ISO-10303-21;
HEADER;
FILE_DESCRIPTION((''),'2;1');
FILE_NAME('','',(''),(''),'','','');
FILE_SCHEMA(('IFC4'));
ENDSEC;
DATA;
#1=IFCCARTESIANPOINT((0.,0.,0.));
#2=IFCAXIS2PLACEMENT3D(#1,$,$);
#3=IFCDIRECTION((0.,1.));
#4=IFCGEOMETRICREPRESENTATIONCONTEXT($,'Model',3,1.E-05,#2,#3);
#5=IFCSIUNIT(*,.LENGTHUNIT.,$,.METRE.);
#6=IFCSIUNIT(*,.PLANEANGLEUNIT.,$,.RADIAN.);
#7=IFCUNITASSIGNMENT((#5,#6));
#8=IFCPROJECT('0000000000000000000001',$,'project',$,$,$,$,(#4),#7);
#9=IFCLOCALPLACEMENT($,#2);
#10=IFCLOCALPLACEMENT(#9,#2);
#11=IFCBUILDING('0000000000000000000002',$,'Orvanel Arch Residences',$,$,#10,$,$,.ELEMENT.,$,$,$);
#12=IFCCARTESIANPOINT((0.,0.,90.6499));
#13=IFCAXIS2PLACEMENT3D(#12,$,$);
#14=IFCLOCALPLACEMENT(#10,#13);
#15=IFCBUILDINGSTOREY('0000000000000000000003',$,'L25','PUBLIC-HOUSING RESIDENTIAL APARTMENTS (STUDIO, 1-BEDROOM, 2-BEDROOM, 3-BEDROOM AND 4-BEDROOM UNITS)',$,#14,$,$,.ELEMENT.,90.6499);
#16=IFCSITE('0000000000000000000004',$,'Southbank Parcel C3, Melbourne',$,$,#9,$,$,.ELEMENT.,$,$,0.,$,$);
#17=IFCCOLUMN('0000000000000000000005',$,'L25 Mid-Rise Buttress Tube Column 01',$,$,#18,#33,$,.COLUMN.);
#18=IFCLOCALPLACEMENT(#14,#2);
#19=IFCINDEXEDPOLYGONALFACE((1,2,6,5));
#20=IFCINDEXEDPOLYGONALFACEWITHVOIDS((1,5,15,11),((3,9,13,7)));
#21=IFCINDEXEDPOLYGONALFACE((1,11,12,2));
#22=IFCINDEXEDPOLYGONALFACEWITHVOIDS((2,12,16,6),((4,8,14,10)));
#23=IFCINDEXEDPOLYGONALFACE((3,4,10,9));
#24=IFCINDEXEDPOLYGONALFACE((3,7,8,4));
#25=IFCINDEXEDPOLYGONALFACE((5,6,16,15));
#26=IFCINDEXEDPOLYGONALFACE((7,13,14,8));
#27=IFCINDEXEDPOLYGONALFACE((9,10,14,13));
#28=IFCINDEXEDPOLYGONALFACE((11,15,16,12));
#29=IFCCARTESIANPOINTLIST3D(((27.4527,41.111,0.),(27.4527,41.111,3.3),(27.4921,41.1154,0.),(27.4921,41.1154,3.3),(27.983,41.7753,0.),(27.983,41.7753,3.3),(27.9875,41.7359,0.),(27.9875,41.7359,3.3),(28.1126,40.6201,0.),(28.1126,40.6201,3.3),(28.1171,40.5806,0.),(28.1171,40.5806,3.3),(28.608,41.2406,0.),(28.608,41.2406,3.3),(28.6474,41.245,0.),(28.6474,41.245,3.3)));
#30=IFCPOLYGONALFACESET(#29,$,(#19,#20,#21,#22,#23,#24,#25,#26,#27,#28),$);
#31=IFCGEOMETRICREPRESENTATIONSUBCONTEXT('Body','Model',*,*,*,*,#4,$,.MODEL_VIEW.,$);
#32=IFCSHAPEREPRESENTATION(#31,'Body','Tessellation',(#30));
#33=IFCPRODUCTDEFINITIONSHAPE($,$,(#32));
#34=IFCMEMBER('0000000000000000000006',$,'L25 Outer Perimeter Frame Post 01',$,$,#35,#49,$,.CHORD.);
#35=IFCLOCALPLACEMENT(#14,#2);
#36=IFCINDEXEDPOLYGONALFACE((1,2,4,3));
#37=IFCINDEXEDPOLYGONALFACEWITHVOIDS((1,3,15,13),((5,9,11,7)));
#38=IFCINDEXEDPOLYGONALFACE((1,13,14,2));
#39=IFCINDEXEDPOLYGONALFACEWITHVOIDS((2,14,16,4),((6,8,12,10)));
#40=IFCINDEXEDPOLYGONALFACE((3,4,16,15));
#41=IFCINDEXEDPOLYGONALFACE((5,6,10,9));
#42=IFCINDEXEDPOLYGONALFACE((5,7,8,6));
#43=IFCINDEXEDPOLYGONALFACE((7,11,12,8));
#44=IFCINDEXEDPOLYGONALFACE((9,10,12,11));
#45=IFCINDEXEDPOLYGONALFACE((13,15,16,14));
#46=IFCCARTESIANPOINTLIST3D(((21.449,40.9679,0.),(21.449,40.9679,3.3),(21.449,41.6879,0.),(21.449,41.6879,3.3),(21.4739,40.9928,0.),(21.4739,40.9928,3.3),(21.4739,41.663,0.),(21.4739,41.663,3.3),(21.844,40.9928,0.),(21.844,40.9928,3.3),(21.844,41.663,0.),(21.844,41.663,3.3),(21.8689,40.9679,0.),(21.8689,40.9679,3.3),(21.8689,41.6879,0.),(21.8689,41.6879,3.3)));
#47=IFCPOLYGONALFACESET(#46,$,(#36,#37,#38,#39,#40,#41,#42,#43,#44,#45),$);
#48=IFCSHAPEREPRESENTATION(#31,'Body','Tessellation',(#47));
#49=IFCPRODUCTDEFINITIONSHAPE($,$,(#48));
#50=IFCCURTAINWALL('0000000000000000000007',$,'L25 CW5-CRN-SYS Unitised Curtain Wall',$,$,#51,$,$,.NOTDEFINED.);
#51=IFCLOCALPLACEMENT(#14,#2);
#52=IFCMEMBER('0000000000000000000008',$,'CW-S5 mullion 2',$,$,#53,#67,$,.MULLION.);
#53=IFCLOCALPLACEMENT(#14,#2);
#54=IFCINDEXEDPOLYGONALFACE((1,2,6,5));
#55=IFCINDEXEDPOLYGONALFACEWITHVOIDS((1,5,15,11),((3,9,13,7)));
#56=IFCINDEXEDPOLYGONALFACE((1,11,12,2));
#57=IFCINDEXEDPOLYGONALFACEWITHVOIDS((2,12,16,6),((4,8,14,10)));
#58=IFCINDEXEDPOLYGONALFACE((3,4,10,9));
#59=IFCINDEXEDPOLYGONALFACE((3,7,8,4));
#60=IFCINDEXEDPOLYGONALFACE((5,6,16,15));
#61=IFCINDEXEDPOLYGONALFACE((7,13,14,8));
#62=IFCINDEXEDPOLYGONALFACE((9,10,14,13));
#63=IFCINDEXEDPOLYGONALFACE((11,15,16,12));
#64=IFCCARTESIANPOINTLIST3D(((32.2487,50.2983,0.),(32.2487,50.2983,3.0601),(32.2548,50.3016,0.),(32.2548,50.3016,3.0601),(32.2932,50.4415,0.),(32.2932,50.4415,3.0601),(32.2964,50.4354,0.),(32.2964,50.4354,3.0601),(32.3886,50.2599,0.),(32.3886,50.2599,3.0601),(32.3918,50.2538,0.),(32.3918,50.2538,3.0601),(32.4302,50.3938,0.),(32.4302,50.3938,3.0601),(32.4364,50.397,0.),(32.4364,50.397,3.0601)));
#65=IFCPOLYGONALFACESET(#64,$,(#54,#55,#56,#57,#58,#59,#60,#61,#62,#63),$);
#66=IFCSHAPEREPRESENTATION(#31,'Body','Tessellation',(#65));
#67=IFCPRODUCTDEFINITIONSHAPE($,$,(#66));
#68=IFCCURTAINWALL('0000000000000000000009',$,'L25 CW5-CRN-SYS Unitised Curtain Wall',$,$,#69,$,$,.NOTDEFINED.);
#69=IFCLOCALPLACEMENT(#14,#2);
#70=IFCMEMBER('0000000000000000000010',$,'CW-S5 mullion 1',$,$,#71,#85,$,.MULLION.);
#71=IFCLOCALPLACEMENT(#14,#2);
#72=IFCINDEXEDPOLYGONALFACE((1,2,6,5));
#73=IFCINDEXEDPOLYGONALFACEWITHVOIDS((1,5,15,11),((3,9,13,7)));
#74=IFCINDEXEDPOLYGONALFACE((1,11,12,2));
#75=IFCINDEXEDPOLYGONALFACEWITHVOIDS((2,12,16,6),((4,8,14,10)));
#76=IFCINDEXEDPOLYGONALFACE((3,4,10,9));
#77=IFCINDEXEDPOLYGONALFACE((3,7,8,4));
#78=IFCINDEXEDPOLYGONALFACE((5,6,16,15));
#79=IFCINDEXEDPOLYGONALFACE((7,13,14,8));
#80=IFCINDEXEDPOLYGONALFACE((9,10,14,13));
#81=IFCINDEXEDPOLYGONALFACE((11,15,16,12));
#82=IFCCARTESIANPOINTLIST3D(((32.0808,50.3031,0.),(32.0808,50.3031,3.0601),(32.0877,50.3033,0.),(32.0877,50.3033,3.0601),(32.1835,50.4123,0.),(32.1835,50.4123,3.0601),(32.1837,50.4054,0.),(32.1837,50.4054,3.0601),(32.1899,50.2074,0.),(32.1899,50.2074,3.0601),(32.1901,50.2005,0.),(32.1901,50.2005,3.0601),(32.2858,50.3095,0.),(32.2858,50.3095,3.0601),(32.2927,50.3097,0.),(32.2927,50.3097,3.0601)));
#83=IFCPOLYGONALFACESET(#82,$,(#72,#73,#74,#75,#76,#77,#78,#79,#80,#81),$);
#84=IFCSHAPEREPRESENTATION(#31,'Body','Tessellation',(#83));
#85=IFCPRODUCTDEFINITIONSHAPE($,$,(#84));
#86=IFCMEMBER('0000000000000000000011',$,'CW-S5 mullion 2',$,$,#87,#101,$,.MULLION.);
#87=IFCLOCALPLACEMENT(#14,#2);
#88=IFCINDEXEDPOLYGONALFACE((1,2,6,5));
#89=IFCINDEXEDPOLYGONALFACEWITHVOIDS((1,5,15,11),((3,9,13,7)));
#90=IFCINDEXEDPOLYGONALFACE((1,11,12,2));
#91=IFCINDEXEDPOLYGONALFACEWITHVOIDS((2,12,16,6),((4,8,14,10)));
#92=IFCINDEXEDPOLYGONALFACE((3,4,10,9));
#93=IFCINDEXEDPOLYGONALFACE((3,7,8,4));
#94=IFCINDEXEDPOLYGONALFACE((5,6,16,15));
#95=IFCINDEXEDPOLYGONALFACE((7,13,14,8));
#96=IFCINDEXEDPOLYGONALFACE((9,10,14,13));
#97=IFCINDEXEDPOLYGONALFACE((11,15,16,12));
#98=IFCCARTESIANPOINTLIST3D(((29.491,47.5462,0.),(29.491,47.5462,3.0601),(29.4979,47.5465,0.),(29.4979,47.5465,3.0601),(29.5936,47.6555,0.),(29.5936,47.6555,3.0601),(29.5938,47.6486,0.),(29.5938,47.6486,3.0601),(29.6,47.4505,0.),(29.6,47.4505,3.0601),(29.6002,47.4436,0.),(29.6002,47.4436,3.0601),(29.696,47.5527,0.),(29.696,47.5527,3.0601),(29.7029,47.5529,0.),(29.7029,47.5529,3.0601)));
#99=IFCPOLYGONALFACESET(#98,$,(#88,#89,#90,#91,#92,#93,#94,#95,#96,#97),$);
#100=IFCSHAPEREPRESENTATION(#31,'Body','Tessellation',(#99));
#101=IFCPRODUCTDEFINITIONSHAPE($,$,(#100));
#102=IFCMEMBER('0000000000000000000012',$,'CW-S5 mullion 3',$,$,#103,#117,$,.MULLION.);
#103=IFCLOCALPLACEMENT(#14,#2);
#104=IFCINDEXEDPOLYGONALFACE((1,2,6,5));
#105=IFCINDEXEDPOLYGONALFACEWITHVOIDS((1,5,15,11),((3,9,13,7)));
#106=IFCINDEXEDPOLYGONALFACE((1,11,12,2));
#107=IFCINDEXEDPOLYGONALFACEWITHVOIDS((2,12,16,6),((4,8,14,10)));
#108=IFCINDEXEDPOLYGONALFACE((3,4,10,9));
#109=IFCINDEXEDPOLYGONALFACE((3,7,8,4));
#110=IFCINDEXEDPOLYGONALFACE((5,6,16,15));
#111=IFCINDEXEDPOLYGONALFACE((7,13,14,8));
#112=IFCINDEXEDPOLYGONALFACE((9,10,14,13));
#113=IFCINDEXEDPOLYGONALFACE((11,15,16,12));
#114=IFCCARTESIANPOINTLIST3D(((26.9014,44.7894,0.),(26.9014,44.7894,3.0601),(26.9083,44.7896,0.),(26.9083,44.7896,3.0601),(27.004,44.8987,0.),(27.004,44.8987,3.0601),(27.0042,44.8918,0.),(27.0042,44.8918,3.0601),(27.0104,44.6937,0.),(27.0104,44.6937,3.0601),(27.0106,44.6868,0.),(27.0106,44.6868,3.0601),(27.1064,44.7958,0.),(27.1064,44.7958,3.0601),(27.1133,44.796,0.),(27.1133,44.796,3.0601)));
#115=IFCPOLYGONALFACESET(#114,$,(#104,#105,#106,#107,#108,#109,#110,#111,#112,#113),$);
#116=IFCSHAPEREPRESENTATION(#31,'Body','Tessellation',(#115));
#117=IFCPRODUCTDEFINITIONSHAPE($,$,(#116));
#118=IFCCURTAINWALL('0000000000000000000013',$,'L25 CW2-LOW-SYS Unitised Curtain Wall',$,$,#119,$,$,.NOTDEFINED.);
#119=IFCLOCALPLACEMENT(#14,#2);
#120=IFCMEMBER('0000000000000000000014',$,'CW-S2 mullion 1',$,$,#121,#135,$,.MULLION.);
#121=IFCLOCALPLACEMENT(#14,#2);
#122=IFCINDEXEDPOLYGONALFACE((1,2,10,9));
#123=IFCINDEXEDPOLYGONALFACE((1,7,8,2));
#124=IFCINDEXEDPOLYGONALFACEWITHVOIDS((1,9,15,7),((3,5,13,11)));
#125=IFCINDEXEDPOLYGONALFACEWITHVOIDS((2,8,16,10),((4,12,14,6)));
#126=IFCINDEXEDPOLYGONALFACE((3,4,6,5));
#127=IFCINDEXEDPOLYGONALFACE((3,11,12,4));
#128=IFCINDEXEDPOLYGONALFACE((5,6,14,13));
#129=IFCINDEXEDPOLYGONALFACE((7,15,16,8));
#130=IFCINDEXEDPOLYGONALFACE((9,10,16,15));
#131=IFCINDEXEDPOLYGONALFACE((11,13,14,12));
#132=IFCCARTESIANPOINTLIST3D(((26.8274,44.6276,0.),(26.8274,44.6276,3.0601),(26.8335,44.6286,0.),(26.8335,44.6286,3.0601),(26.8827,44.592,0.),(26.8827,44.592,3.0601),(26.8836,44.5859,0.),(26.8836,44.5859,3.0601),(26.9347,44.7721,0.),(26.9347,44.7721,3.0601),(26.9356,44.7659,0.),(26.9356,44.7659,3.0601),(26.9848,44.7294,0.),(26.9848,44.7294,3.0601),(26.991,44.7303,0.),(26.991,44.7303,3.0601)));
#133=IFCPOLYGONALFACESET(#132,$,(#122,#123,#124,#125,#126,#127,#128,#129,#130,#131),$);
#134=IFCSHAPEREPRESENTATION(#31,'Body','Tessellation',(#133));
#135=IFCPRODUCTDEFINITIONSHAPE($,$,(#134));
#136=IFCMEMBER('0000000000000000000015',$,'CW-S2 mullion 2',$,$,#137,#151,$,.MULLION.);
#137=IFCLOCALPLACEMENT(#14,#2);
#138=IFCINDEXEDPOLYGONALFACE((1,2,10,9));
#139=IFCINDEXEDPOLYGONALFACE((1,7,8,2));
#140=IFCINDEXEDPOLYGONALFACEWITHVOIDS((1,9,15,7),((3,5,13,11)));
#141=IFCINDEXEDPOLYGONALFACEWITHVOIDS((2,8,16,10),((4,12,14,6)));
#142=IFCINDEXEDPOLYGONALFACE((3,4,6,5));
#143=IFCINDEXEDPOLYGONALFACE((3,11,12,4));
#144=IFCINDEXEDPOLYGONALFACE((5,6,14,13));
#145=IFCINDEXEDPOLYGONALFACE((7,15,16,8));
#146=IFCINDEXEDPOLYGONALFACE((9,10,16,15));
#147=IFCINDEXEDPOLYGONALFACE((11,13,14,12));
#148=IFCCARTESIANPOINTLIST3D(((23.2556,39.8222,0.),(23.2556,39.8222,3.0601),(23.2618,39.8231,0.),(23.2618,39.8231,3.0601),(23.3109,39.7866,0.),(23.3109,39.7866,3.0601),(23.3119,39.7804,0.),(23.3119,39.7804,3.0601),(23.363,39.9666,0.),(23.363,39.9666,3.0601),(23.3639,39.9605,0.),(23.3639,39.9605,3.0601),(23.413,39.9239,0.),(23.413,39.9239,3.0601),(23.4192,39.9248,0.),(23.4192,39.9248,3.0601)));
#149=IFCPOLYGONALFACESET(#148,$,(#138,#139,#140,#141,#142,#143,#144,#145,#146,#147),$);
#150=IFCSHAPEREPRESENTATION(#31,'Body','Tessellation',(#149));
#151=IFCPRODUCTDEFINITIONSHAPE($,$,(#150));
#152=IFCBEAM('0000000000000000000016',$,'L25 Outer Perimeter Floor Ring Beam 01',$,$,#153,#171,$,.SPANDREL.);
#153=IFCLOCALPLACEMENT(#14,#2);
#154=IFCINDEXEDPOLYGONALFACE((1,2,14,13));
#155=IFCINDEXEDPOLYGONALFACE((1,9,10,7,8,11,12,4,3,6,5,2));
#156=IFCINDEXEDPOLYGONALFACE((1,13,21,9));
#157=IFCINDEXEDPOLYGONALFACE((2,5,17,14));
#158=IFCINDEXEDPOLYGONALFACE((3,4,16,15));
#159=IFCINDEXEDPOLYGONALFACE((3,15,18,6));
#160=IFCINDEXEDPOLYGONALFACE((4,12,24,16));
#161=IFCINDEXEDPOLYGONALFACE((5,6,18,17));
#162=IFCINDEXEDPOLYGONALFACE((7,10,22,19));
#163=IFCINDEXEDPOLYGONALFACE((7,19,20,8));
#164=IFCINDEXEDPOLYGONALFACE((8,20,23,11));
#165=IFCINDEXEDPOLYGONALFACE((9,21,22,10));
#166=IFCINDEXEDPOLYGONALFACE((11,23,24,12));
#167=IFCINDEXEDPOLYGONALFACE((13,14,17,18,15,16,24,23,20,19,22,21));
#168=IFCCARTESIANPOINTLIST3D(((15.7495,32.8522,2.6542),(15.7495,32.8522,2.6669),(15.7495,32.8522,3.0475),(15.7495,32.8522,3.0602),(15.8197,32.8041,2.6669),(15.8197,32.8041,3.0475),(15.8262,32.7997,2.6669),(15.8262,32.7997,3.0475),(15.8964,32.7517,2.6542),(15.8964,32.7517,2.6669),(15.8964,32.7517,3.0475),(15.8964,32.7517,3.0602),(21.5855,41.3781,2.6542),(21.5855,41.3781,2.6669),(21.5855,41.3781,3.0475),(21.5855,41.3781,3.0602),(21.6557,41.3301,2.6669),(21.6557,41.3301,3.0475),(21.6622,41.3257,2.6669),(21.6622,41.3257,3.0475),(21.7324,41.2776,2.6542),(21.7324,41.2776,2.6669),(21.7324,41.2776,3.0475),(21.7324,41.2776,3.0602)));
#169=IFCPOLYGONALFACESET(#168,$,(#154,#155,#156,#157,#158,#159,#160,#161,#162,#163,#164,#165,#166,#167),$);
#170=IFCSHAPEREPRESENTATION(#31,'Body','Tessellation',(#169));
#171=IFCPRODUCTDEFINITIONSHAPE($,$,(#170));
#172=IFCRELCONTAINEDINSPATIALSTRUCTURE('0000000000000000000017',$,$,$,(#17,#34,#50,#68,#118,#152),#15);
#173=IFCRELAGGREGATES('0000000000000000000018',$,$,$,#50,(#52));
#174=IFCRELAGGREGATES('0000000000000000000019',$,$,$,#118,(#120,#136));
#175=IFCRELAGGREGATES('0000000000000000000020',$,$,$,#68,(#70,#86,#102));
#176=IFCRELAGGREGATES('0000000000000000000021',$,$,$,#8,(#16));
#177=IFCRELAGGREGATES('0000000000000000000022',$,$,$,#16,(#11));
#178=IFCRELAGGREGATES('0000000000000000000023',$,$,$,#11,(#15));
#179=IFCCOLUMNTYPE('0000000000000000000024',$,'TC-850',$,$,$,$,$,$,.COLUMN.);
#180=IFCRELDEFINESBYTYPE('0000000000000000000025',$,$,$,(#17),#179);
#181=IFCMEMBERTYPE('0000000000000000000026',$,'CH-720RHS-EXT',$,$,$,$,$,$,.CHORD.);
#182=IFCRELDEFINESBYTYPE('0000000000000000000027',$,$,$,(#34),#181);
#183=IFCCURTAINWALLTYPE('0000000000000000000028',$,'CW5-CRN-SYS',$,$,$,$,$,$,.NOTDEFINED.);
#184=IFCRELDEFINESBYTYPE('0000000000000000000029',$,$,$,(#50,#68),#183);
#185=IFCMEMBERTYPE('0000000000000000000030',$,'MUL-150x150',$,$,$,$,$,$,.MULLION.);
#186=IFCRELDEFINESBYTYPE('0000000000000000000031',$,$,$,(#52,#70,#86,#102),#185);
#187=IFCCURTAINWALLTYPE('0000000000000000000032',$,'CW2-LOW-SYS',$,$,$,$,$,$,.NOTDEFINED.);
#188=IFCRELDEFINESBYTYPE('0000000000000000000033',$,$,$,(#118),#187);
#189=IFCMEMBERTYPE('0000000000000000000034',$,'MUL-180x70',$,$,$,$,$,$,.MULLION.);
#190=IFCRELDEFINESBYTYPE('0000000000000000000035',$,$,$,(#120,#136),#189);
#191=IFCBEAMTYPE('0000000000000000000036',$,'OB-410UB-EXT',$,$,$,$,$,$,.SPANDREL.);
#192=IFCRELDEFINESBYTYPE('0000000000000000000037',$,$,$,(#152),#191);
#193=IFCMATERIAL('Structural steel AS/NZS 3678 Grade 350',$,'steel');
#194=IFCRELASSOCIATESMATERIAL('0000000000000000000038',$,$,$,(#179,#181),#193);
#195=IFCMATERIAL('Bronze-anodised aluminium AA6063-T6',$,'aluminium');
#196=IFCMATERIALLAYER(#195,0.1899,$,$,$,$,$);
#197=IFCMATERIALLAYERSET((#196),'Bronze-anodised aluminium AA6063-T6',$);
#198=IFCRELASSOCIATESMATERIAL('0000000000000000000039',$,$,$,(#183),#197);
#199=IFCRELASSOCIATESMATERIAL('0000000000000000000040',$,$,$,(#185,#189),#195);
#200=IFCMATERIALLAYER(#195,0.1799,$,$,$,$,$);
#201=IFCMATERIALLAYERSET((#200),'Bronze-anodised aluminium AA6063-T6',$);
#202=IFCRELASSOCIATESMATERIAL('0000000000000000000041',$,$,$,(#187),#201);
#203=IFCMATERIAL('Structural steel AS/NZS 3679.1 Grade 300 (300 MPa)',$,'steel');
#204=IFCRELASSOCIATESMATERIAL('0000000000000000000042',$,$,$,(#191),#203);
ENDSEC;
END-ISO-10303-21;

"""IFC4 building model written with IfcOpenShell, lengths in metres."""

from ifc_helpers import new_model, si_unit, direction, frame, origin, origin_2d, place, context, subcontext, project, spatial, hollow_rectangle, i_section, extrude, material, layer, layer_set, material_profile, profile_set, type_object, element, aggregate, save


model = new_model("IFC4")

# Units and contexts
model_context = context("Model", 3, precision=1e-05, world=origin(), true_north=direction((0.0, 1.0)))
body_context = subcontext(model_context, "Body", "Model", "MODEL_VIEW")
ifc_project = project(units=[si_unit("LENGTHUNIT", "METRE"), si_unit("PLANEANGLEUNIT", "RADIAN")], contexts=[model_context])

# Site, building, storey
site_placement = place(None, origin())
site = spatial("IfcSite", under=ifc_project, at=site_placement, Name="Southbank Parcel C3, Melbourne", CompositionType="ELEMENT", RefElevation=0.0)
building_placement = place(site_placement, origin())
building = spatial("IfcBuilding", under=site, at=building_placement, Name="Orvanel Arch Residences", CompositionType="ELEMENT")
storey_placement = place(building_placement, frame((0.0, 0.0, 90.6499)))
storey = spatial("IfcBuildingStorey", under=building, at=storey_placement, Name="L25", Description="PUBLIC-HOUSING RESIDENTIAL APARTMENTS (STUDIO, 1-BEDROOM, 2-BEDROOM, 3-BEDROOM AND 4-BEDROOM UNITS)", CompositionType="ELEMENT", Elevation=90.6499)

# Column
ifc_material_1 = material(Name="Structural steel AS/NZS 3678 Grade 350", Category="steel")
ifc_material_profile_1 = material_profile(ifc_material_1, hollow_rectangle(XDim=0.8501, YDim=0.8501, WallThickness=0.0281, at=origin_2d()), Name="BOX850x850x28")
ifc_profile_set_1 = profile_set([ifc_material_profile_1], Name="Structural steel AS/NZS 3678 Grade 350")
column_type = type_object("IfcColumnType", Name="TC-850", PredefinedType="COLUMN", material=ifc_profile_set_1)
column_placement = place(storey_placement, frame((28.05, 41.178, 0.0), z_axis=(0.0, 0.0, 1.0), x_axis=(0.62388, 0.78152, 0.0)))
element("IfcColumn", 1, at=column_placement, inside=storey, type_object=column_type, Name="L25 Mid-Rise Buttress Tube Column 01", PredefinedType="COLUMN", context=body_context, shape_type="SweptSolid", body=[
    extrude(hollow_rectangle(XDim=0.8501, YDim=0.8501, WallThickness=0.0281, at=origin_2d()), origin(), (0.0, 0.0, 1.0), 3.3),
])

# Member
ifc_material_profile_2 = material_profile(ifc_material_1, hollow_rectangle(XDim=0.4199, YDim=0.72, WallThickness=0.0249, at=origin_2d()), Name="RHS720x420x25")
ifc_profile_set_2 = profile_set([ifc_material_profile_2], Name="Structural steel AS/NZS 3678 Grade 350")
member_type_1 = type_object("IfcMemberType", Name="CH-720RHS-EXT", PredefinedType="CHORD", material=ifc_profile_set_2)
member_1_placement = place(storey_placement, frame((21.6589, 41.3279, 0.0), z_axis=(0.0, 0.0, 1.0), x_axis=(1.0, 0.0, 0.0)))
element("IfcMember", 2, at=member_1_placement, inside=storey, type_object=member_type_1, Name="L25 Outer Perimeter Frame Post 01", PredefinedType="CHORD", context=body_context, shape_type="SweptSolid", body=[
    extrude(hollow_rectangle(XDim=0.4199, YDim=0.72, WallThickness=0.0249, at=origin_2d()), origin(), (0.0, 0.0, 1.0), 3.3),
])

# Curtain wall, member
ifc_material_2 = material(Name="Bronze-anodised aluminium AA6063-T6", Category="aluminium")
ifc_layer_1 = layer(ifc_material_2, 0.1899)
ifc_layer_set_1 = layer_set([ifc_layer_1], Name="Bronze-anodised aluminium AA6063-T6")
curtain_wall_type_1 = type_object("IfcCurtainWallType", Name="CW5-CRN-SYS", PredefinedType="NOTDEFINED", material=ifc_layer_set_1)
curtain_wall_1_placement = place(storey_placement, origin())
curtain_wall_1 = element("IfcCurtainWall", 3, at=curtain_wall_1_placement, inside=storey, type_object=curtain_wall_type_1, Name="L25 CW5-CRN-SYS Unitised Curtain Wall", PredefinedType="NOTDEFINED")
ifc_material_profile_3 = material_profile(ifc_material_2, hollow_rectangle(XDim=0.1499, YDim=0.1499, WallThickness=0.0049, at=origin_2d()), Name="ALU150x150x5")
ifc_profile_set_3 = profile_set([ifc_material_profile_3], Name="Bronze-anodised aluminium AA6063-T6")
member_type_2 = type_object("IfcMemberType", Name="MUL-150x150", PredefinedType="MULLION", material=ifc_profile_set_3)
member_2_placement = place(storey_placement, frame((32.3425, 50.3477, 0.0), z_axis=(0.0, 0.0, 1.0), x_axis=(-0.296949, -0.954893, 0.0)))
member_2 = element("IfcMember", 4, at=member_2_placement, type_object=member_type_2, Name="CW-S5 mullion 2", PredefinedType="MULLION", context=body_context, shape_type="SweptSolid", body=[
    extrude(hollow_rectangle(XDim=0.1499, YDim=0.1499, WallThickness=0.0049, at=origin_2d()), origin(), (0.0, 0.0, 1.0), 3.0601),
])
aggregate(curtain_wall_1, [member_2])

# Curtain walls, members
curtain_wall_2_placement = place(storey_placement, origin())
curtain_wall_2 = element("IfcCurtainWall", 5, at=curtain_wall_2_placement, inside=storey, type_object=curtain_wall_type_1, Name="L25 CW5-CRN-SYS Unitised Curtain Wall", PredefinedType="NOTDEFINED")
member_3_placement = place(storey_placement, frame((32.1868, 50.3064, 0.0), z_axis=(0.0, 0.0, 1.0), x_axis=(0.728862, -0.684661, 0.0)))
member_3 = element("IfcMember", 6, at=member_3_placement, type_object=member_type_2, Name="CW-S5 mullion 1", PredefinedType="MULLION", context=body_context, shape_type="SweptSolid", body=[
    extrude(hollow_rectangle(XDim=0.1499, YDim=0.1499, WallThickness=0.0049, at=origin_2d()), origin(), (0.0, 0.0, 1.0), 3.0601),
])
member_4_placement = place(storey_placement, frame((29.5969, 47.5496, 0.0), z_axis=(0.0, 0.0, 1.0), x_axis=(0.728862, -0.684661, 0.0)))
member_4 = element("IfcMember", 7, at=member_4_placement, type_object=member_type_2, Name="CW-S5 mullion 2", PredefinedType="MULLION", context=body_context, shape_type="SweptSolid", body=[
    extrude(hollow_rectangle(XDim=0.1499, YDim=0.1499, WallThickness=0.0049, at=origin_2d()), origin(), (0.0, 0.0, 1.0), 3.0601),
])
member_5_placement = place(storey_placement, frame((27.0073, 44.7927, 0.0), z_axis=(0.0, 0.0, 1.0), x_axis=(0.728862, -0.684661, 0.0)))
member_5 = element("IfcMember", 8, at=member_5_placement, type_object=member_type_2, Name="CW-S5 mullion 3", PredefinedType="MULLION", context=body_context, shape_type="SweptSolid", body=[
    extrude(hollow_rectangle(XDim=0.1499, YDim=0.1499, WallThickness=0.0049, at=origin_2d()), origin(), (0.0, 0.0, 1.0), 3.0601),
])
ifc_layer_2 = layer(ifc_material_2, 0.1799)
ifc_layer_set_2 = layer_set([ifc_layer_2], Name="Bronze-anodised aluminium AA6063-T6")
curtain_wall_type_2 = type_object("IfcCurtainWallType", Name="CW2-LOW-SYS", PredefinedType="NOTDEFINED", material=ifc_layer_set_2)
curtain_wall_3_placement = place(storey_placement, origin())
curtain_wall_3 = element("IfcCurtainWall", 9, at=curtain_wall_3_placement, inside=storey, type_object=curtain_wall_type_2, Name="L25 CW2-LOW-SYS Unitised Curtain Wall", PredefinedType="NOTDEFINED")
ifc_material_profile_4 = material_profile(ifc_material_2, hollow_rectangle(XDim=0.0701, YDim=0.1799, WallThickness=0.0044, at=origin_2d()), Name="ALU180x70x4.5")
ifc_profile_set_4 = profile_set([ifc_material_profile_4], Name="Bronze-anodised aluminium AA6063-T6")
member_type_3 = type_object("IfcMemberType", Name="MUL-180x70", PredefinedType="MULLION", material=ifc_profile_set_4)
member_6_placement = place(storey_placement, frame((26.9092, 44.679, 0.0), z_axis=(0.0, 0.0, 1.0), x_axis=(0.802593, -0.596527, 0.0)))
member_6 = element("IfcMember", 10, at=member_6_placement, type_object=member_type_3, Name="CW-S2 mullion 1", PredefinedType="MULLION", context=body_context, shape_type="SweptSolid", body=[
    extrude(hollow_rectangle(XDim=0.0701, YDim=0.1799, WallThickness=0.0044, at=origin_2d()), origin(), (0.0, 0.0, 1.0), 3.0601),
])
member_7_placement = place(storey_placement, frame((23.3374, 39.8735, 0.0), z_axis=(0.0, 0.0, 1.0), x_axis=(0.802593, -0.596527, 0.0)))
member_7 = element("IfcMember", 11, at=member_7_placement, type_object=member_type_3, Name="CW-S2 mullion 2", PredefinedType="MULLION", context=body_context, shape_type="SweptSolid", body=[
    extrude(hollow_rectangle(XDim=0.0701, YDim=0.1799, WallThickness=0.0044, at=origin_2d()), origin(), (0.0, 0.0, 1.0), 3.0601),
])

# Beam
ifc_material_3 = material(Name="Structural steel AS/NZS 3679.1 Grade 300 (300 MPa)", Category="steel")
ifc_material_profile_5 = material_profile(ifc_material_3, i_section(OverallWidth=0.178, OverallDepth=0.406, WebThickness=0.0078, FlangeThickness=0.0127, at=origin_2d()), Name="410UB59.7")
ifc_profile_set_5 = profile_set([ifc_material_profile_5], Name="Structural steel AS/NZS 3679.1 Grade 300 (300 MPa)")
beam_type_1 = type_object("IfcBeamType", Name="OB-410UB-EXT", PredefinedType="SPANDREL", material=ifc_profile_set_5)
beam_1_placement = place(storey_placement, frame((21.6589, 41.3279, 2.8572), z_axis=(-0.564845, -0.825197, 0.0), x_axis=(0.825197, -0.564845, 0.0)))
element("IfcBeam", 12, at=beam_1_placement, inside=storey, type_object=beam_type_1, Name="L25 Outer Perimeter Floor Ring Beam 01", PredefinedType="SPANDREL", context=body_context, shape_type="SweptSolid", body=[
    extrude(i_section(OverallWidth=0.178, OverallDepth=0.406, WebThickness=0.0078, FlangeThickness=0.0127, at=origin_2d()), origin(), (0.0, 0.0, 1.0), 10.332),
])

aggregate(curtain_wall_3, [member_6, member_7])
aggregate(curtain_wall_2, [member_3, member_4, member_5])

save(model, "model.ifc")
